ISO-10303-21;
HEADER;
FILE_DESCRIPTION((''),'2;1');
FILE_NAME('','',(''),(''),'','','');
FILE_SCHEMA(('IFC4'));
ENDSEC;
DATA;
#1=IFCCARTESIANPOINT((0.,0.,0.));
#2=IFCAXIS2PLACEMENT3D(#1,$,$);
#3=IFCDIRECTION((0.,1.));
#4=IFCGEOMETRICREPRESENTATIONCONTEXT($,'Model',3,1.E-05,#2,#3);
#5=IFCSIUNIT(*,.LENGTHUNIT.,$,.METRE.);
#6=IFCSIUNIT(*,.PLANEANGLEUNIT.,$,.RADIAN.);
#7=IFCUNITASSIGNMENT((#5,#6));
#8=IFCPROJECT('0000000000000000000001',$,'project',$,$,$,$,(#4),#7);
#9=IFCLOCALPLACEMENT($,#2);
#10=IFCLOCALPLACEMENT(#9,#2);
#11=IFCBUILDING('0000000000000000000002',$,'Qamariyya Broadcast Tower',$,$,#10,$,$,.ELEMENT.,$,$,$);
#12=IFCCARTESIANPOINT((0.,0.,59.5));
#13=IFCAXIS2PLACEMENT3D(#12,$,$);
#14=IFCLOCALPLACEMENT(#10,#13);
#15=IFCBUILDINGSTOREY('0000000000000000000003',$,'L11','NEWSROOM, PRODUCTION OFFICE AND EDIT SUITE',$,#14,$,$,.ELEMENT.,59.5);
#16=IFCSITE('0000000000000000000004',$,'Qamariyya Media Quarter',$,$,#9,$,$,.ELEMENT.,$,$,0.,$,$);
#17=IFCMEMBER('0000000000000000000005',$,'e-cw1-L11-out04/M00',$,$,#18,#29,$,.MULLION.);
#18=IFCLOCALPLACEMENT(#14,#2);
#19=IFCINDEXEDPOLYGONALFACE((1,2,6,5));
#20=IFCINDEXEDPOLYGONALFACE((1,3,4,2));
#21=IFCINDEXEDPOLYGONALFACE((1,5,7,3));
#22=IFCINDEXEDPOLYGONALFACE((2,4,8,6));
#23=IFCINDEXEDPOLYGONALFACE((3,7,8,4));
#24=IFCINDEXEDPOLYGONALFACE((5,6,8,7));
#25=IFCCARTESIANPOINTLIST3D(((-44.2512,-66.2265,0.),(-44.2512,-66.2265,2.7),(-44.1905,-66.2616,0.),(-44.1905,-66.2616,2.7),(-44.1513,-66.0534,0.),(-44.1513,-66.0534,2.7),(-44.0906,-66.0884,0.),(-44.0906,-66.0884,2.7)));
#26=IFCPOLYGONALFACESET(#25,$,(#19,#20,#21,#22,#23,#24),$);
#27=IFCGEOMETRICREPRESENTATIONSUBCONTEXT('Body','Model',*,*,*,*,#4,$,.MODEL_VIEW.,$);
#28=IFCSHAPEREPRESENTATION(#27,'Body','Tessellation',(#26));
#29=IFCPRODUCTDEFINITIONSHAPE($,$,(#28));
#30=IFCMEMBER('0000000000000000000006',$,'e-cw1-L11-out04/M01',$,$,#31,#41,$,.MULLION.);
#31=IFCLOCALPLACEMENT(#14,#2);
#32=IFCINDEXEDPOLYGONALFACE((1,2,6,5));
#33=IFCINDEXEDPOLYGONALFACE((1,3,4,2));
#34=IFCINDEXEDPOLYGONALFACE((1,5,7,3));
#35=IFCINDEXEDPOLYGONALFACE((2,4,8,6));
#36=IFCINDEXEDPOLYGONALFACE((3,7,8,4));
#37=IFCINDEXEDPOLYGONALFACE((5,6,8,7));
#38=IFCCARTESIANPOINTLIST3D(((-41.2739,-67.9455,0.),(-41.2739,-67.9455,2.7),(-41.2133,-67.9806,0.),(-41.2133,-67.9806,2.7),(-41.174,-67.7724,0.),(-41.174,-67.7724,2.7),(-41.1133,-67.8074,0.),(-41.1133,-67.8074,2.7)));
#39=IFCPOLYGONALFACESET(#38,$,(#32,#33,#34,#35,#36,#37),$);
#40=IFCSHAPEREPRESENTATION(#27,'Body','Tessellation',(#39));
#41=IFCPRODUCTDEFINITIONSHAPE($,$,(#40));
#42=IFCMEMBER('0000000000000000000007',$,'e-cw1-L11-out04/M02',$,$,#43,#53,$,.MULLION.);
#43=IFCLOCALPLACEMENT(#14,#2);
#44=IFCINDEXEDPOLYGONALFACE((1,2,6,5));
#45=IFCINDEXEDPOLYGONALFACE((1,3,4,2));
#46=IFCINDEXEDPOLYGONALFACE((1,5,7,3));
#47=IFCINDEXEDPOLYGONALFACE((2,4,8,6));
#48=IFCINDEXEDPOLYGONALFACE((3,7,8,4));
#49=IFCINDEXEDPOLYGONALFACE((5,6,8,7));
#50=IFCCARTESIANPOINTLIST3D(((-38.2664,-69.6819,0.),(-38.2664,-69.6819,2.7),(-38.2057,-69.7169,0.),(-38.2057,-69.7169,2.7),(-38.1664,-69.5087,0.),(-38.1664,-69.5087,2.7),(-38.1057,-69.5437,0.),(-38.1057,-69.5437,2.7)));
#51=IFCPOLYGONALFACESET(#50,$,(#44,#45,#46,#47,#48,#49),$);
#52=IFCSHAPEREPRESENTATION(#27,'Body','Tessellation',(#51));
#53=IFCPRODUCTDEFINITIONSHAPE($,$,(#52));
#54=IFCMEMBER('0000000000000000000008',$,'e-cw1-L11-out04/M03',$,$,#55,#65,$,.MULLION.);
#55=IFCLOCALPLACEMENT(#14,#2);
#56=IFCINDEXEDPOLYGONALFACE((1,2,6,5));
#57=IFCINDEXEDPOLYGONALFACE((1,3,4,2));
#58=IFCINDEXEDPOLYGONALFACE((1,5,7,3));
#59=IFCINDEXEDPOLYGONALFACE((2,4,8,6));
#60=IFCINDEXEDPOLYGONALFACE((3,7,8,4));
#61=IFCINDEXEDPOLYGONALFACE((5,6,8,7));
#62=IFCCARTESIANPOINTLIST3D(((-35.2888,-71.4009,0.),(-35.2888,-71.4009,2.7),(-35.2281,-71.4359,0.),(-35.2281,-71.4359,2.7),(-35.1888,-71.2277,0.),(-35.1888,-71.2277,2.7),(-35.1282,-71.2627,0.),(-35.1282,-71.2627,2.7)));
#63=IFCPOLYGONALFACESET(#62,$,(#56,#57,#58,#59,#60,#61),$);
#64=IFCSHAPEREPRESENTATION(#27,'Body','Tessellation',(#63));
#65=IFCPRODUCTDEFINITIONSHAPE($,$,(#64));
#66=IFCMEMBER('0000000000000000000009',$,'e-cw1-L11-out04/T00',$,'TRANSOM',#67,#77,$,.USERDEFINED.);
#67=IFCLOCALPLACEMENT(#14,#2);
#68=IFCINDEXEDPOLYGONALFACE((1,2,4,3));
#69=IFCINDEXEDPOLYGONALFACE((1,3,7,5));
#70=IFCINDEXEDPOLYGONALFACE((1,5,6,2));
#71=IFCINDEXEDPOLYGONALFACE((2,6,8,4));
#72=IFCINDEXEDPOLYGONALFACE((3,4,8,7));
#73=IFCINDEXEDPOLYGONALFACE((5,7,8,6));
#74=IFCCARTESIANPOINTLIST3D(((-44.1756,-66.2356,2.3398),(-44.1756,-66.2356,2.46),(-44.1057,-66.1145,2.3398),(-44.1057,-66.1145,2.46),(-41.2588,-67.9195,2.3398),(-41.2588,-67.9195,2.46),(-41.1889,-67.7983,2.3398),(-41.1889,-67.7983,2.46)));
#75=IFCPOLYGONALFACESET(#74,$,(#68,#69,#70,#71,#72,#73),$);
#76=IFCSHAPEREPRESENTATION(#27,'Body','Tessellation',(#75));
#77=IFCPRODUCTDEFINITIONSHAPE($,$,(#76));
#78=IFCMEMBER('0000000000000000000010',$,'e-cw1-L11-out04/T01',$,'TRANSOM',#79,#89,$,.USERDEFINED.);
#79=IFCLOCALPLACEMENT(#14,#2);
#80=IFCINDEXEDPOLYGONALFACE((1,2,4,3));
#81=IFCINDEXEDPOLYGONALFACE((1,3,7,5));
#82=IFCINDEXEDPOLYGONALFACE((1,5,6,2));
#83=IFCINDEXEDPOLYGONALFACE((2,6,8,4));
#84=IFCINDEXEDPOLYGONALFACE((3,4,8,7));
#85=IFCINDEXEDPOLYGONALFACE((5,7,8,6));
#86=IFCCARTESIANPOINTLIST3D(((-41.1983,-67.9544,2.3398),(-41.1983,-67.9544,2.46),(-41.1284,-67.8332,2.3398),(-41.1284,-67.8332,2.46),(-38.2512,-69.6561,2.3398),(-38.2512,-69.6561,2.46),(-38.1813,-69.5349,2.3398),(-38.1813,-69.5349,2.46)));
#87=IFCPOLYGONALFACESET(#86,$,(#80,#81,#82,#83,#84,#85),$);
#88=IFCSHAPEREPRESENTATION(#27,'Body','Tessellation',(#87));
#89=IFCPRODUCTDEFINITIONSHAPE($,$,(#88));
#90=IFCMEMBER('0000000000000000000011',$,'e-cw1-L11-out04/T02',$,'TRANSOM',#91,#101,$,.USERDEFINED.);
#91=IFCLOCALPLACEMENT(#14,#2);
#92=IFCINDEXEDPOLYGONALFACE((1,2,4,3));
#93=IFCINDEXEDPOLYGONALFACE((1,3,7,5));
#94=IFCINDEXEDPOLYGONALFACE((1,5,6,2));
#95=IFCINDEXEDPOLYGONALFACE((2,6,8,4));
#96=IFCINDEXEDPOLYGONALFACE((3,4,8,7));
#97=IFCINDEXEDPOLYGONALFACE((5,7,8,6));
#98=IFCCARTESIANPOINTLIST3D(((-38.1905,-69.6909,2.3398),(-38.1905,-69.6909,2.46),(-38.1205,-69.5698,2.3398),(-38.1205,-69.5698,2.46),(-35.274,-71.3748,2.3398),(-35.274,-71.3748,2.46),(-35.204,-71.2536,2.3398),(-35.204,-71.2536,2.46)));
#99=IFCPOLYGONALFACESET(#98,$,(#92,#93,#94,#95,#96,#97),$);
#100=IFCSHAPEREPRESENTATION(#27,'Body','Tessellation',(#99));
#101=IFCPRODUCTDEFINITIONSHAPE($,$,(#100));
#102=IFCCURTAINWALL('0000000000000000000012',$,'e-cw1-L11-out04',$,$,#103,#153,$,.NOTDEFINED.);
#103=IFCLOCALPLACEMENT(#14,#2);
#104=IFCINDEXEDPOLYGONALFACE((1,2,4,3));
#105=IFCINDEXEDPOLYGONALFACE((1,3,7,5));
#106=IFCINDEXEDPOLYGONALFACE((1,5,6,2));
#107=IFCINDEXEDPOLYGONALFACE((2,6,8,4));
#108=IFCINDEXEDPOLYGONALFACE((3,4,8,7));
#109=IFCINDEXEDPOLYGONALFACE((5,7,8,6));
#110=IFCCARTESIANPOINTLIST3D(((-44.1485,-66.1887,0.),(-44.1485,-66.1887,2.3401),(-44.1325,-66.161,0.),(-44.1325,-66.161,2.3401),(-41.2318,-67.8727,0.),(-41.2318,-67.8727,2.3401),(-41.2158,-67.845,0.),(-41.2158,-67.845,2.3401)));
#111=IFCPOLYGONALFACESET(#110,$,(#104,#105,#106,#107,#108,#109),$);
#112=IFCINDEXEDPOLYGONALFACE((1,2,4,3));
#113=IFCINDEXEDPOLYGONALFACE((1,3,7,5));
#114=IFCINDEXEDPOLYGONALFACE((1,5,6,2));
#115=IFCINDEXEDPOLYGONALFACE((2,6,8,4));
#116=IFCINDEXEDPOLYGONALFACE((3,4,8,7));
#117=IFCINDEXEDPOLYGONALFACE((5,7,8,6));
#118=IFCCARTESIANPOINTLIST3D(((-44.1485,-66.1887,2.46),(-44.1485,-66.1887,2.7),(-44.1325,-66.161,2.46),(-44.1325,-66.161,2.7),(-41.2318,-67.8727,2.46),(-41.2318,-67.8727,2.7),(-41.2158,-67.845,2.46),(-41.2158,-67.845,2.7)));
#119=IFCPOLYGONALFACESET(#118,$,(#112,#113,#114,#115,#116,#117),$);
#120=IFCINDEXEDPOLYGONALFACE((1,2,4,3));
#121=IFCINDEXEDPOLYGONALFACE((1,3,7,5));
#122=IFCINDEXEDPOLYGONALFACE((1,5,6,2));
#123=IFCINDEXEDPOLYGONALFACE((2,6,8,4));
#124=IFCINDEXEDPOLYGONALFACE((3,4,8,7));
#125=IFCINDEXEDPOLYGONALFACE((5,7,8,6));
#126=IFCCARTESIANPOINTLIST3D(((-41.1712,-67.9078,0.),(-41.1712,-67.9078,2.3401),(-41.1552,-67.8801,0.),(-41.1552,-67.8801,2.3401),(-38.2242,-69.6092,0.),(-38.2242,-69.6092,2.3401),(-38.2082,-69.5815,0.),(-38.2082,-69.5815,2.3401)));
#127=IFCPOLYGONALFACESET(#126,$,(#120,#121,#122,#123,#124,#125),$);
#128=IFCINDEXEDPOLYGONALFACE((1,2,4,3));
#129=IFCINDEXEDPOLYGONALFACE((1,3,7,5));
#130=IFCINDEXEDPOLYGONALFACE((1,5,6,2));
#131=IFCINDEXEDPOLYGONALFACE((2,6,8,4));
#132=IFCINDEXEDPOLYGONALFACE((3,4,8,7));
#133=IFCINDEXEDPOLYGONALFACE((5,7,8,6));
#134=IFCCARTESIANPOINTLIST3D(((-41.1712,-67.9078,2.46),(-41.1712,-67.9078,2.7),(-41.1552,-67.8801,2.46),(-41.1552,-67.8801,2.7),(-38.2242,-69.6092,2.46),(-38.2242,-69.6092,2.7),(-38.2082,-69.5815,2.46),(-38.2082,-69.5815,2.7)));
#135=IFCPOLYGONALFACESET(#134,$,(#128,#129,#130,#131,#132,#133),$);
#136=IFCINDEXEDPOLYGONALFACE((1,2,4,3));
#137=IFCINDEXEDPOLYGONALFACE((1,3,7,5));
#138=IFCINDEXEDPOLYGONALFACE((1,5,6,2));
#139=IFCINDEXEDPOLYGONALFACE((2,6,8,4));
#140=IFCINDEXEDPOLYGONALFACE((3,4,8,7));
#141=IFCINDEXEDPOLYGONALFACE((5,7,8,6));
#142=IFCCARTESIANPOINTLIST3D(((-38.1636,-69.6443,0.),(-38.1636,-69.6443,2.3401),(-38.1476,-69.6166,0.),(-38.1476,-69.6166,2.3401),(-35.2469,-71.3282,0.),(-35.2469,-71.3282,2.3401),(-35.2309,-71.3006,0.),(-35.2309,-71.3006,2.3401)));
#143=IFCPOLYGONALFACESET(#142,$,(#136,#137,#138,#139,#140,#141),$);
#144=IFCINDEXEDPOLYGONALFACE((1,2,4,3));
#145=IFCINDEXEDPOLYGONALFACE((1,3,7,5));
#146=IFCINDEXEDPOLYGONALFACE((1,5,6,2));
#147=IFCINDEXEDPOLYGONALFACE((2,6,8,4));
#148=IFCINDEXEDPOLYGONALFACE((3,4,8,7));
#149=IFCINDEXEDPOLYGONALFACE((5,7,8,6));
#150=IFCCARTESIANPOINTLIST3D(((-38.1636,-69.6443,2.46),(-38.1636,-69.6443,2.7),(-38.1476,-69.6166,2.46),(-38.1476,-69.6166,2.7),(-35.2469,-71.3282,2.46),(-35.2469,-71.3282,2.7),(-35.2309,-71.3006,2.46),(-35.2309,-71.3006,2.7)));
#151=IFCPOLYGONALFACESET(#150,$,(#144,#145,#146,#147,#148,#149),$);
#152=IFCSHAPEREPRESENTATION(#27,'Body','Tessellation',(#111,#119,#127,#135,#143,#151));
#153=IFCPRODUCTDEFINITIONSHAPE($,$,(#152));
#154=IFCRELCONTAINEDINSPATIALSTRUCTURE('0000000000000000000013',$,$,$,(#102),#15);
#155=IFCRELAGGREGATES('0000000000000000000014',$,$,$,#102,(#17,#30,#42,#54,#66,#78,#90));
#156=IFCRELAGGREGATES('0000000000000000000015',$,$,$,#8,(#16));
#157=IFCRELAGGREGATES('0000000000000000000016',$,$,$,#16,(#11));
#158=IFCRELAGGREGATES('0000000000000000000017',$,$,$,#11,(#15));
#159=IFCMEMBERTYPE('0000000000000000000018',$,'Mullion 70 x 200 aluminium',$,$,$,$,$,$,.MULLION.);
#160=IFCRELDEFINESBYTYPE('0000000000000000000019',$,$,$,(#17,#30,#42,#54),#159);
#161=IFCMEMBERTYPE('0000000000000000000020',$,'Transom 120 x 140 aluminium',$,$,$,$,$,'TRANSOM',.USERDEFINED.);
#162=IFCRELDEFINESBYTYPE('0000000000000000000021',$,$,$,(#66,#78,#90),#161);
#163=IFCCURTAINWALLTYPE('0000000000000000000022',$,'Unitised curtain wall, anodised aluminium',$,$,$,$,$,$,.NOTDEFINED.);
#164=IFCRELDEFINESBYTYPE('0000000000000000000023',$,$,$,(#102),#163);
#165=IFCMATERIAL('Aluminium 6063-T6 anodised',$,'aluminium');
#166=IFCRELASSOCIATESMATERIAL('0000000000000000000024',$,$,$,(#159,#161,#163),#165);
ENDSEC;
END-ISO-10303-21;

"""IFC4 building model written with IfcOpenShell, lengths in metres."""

from ifc_helpers import new_model, si_unit, direction, frame, origin, origin_2d, place, context, subcontext, project, spatial, rectangle, extrude, material, material_profile, profile_set, type_object, element, aggregate, save


model = new_model("IFC4")

# Units and contexts
model_context = context("Model", 3, precision=1e-05, world=origin(), true_north=direction((0.0, 1.0)))
body_context = subcontext(model_context, "Body", "Model", "MODEL_VIEW")
ifc_project = project(units=[si_unit("LENGTHUNIT", "METRE"), si_unit("PLANEANGLEUNIT", "RADIAN")], contexts=[model_context])

# Members
ifc_material_1 = material(Name="Aluminium 6063-T6 anodised", Category="aluminium")
ifc_material_profile_1 = material_profile(ifc_material_1, rectangle(XDim=0.2, YDim=0.0701, at=origin_2d()))
ifc_profile_set_1 = profile_set([ifc_material_profile_1], Name="Aluminium 6063-T6 anodised")
member_type_1 = type_object("IfcMemberType", Name="Mullion 70 x 200 aluminium", PredefinedType="MULLION", material=ifc_profile_set_1)
site_placement = place(None, origin())
building_placement = place(site_placement, origin())
storey_placement = place(building_placement, frame((0.0, 0.0, 59.5)))
member_1_placement = place(storey_placement, frame((-44.1709, -66.1575, 0.0), z_axis=(0.0, 0.0, 1.0), x_axis=(0.5, 0.866025, 0.0)))
member_1 = element("IfcMember", 1, at=member_1_placement, type_object=member_type_1, Name="e-cw1-L11-out04/M00", PredefinedType="MULLION", context=body_context, shape_type="SweptSolid", body=[
    extrude(rectangle(XDim=0.2, YDim=0.0701, at=origin_2d()), origin(), (0.0, 0.0, 1.0), 2.7),
])
member_2_placement = place(storey_placement, frame((-41.1936, -67.8765, 0.0), z_axis=(0.0, 0.0, 1.0), x_axis=(0.5, 0.866025, 0.0)))
member_2 = element("IfcMember", 2, at=member_2_placement, type_object=member_type_1, Name="e-cw1-L11-out04/M01", PredefinedType="MULLION", context=body_context, shape_type="SweptSolid", body=[
    extrude(rectangle(XDim=0.2, YDim=0.0701, at=origin_2d()), origin(), (0.0, 0.0, 1.0), 2.7),
])
member_3_placement = place(storey_placement, frame((-38.186, -69.6128, 0.0), z_axis=(0.0, 0.0, 1.0), x_axis=(0.5, 0.866025, 0.0)))
member_3 = element("IfcMember", 3, at=member_3_placement, type_object=member_type_1, Name="e-cw1-L11-out04/M02", PredefinedType="MULLION", context=body_context, shape_type="SweptSolid", body=[
    extrude(rectangle(XDim=0.2, YDim=0.0701, at=origin_2d()), origin(), (0.0, 0.0, 1.0), 2.7),
])
member_4_placement = place(storey_placement, frame((-35.2085, -71.3318, 0.0), z_axis=(0.0, 0.0, 1.0), x_axis=(0.5, 0.866025, 0.0)))
member_4 = element("IfcMember", 4, at=member_4_placement, type_object=member_type_1, Name="e-cw1-L11-out04/M03", PredefinedType="MULLION", context=body_context, shape_type="SweptSolid", body=[
    extrude(rectangle(XDim=0.2, YDim=0.0701, at=origin_2d()), origin(), (0.0, 0.0, 1.0), 2.7),
])
ifc_material_profile_2 = material_profile(ifc_material_1, rectangle(XDim=0.1399, YDim=0.1201, at=origin_2d()))
ifc_profile_set_2 = profile_set([ifc_material_profile_2], Name="Aluminium 6063-T6 anodised")
member_type_2 = type_object("IfcMemberType", Name="Transom 120 x 140 aluminium", ElementType="TRANSOM", PredefinedType="USERDEFINED", material=ifc_profile_set_2)
member_5_placement = place(storey_placement, frame((-44.1406, -66.175, 2.3999), z_axis=(0.866044, -0.499967, 0.0), x_axis=(0.499967, 0.866044, 0.0)))
member_5 = element("IfcMember", 5, at=member_5_placement, type_object=member_type_2, Name="e-cw1-L11-out04/T00", ObjectType="TRANSOM", PredefinedType="USERDEFINED", context=body_context, shape_type="SweptSolid", body=[
    extrude(rectangle(XDim=0.1399, YDim=0.1201, at=origin_2d()), origin(), (0.0, 0.0, 1.0), 3.3679),
])
member_6_placement = place(storey_placement, frame((-41.1633, -67.8938, 2.3999), z_axis=(0.866, -0.500043, 0.0), x_axis=(0.500043, 0.866, 0.0)))
member_6 = element("IfcMember", 6, at=member_6_placement, type_object=member_type_2, Name="e-cw1-L11-out04/T01", ObjectType="TRANSOM", PredefinedType="USERDEFINED", context=body_context, shape_type="SweptSolid", body=[
    extrude(rectangle(XDim=0.1399, YDim=0.1201, at=origin_2d()), origin(), (0.0, 0.0, 1.0), 3.4031),
])
member_7_placement = place(storey_placement, frame((-38.1555, -69.6304, 2.3999), z_axis=(0.866026, -0.499999, 0.0), x_axis=(0.499999, 0.866026, 0.0)))
member_7 = element("IfcMember", 7, at=member_7_placement, type_object=member_type_2, Name="e-cw1-L11-out04/T02", ObjectType="TRANSOM", PredefinedType="USERDEFINED", context=body_context, shape_type="SweptSolid", body=[
    extrude(rectangle(XDim=0.1399, YDim=0.1201, at=origin_2d()), origin(), (0.0, 0.0, 1.0), 3.3677),
])

# Site, building, storey
site = spatial("IfcSite", under=ifc_project, at=site_placement, Name="Qamariyya Media Quarter", CompositionType="ELEMENT", RefElevation=0.0)
building = spatial("IfcBuilding", under=site, at=building_placement, Name="Qamariyya Broadcast Tower", CompositionType="ELEMENT")
storey = spatial("IfcBuildingStorey", under=building, at=storey_placement, Name="L11", Description="NEWSROOM, PRODUCTION OFFICE AND EDIT SUITE", CompositionType="ELEMENT", Elevation=59.5)

# Curtain wall
curtain_wall_type = type_object("IfcCurtainWallType", Name="Unitised curtain wall, anodised aluminium", PredefinedType="NOTDEFINED", material=ifc_material_1)
curtain_wall_1_placement = place(storey_placement, origin())
curtain_wall_1 = element("IfcCurtainWall", 8, at=curtain_wall_1_placement, inside=storey, type_object=curtain_wall_type, Name="e-cw1-L11-out04", PredefinedType="NOTDEFINED", context=body_context, shape_type="SweptSolid", body=[
    extrude(rectangle(XDim=3.3679, YDim=0.032, at=origin_2d()), frame((-42.6821, -67.0168, 0.0), x_axis=(0.866022, -0.500005, 0.0)), (0.0, 0.0, 1.0), 2.3401),
    extrude(rectangle(XDim=3.3679, YDim=0.032, at=origin_2d()), frame((-42.6821, -67.0168, 2.46), x_axis=(0.866022, -0.500005, 0.0)), (0.0, 0.0, 1.0), 0.24),
    extrude(rectangle(XDim=3.4028, YDim=0.032, at=origin_2d()), frame((-39.6897, -68.7446, 0.0), x_axis=(0.866022, -0.500005, 0.0)), (0.0, 0.0, 1.0), 2.3401),
    extrude(rectangle(XDim=3.4028, YDim=0.032, at=origin_2d()), frame((-39.6897, -68.7446, 2.46), x_axis=(0.866022, -0.500005, 0.0)), (0.0, 0.0, 1.0), 0.24),
    extrude(rectangle(XDim=3.3679, YDim=0.032, at=origin_2d()), frame((-36.6973, -70.4724, 0.0), x_axis=(0.866022, -0.500005, 0.0)), (0.0, 0.0, 1.0), 2.3401),
    extrude(rectangle(XDim=3.3679, YDim=0.032, at=origin_2d()), frame((-36.6973, -70.4724, 2.46), x_axis=(0.866022, -0.500005, 0.0)), (0.0, 0.0, 1.0), 0.24),
])
aggregate(curtain_wall_1, [member_1, member_2, member_3, member_4, member_5, member_6, member_7])

save(model, "model.ifc")
